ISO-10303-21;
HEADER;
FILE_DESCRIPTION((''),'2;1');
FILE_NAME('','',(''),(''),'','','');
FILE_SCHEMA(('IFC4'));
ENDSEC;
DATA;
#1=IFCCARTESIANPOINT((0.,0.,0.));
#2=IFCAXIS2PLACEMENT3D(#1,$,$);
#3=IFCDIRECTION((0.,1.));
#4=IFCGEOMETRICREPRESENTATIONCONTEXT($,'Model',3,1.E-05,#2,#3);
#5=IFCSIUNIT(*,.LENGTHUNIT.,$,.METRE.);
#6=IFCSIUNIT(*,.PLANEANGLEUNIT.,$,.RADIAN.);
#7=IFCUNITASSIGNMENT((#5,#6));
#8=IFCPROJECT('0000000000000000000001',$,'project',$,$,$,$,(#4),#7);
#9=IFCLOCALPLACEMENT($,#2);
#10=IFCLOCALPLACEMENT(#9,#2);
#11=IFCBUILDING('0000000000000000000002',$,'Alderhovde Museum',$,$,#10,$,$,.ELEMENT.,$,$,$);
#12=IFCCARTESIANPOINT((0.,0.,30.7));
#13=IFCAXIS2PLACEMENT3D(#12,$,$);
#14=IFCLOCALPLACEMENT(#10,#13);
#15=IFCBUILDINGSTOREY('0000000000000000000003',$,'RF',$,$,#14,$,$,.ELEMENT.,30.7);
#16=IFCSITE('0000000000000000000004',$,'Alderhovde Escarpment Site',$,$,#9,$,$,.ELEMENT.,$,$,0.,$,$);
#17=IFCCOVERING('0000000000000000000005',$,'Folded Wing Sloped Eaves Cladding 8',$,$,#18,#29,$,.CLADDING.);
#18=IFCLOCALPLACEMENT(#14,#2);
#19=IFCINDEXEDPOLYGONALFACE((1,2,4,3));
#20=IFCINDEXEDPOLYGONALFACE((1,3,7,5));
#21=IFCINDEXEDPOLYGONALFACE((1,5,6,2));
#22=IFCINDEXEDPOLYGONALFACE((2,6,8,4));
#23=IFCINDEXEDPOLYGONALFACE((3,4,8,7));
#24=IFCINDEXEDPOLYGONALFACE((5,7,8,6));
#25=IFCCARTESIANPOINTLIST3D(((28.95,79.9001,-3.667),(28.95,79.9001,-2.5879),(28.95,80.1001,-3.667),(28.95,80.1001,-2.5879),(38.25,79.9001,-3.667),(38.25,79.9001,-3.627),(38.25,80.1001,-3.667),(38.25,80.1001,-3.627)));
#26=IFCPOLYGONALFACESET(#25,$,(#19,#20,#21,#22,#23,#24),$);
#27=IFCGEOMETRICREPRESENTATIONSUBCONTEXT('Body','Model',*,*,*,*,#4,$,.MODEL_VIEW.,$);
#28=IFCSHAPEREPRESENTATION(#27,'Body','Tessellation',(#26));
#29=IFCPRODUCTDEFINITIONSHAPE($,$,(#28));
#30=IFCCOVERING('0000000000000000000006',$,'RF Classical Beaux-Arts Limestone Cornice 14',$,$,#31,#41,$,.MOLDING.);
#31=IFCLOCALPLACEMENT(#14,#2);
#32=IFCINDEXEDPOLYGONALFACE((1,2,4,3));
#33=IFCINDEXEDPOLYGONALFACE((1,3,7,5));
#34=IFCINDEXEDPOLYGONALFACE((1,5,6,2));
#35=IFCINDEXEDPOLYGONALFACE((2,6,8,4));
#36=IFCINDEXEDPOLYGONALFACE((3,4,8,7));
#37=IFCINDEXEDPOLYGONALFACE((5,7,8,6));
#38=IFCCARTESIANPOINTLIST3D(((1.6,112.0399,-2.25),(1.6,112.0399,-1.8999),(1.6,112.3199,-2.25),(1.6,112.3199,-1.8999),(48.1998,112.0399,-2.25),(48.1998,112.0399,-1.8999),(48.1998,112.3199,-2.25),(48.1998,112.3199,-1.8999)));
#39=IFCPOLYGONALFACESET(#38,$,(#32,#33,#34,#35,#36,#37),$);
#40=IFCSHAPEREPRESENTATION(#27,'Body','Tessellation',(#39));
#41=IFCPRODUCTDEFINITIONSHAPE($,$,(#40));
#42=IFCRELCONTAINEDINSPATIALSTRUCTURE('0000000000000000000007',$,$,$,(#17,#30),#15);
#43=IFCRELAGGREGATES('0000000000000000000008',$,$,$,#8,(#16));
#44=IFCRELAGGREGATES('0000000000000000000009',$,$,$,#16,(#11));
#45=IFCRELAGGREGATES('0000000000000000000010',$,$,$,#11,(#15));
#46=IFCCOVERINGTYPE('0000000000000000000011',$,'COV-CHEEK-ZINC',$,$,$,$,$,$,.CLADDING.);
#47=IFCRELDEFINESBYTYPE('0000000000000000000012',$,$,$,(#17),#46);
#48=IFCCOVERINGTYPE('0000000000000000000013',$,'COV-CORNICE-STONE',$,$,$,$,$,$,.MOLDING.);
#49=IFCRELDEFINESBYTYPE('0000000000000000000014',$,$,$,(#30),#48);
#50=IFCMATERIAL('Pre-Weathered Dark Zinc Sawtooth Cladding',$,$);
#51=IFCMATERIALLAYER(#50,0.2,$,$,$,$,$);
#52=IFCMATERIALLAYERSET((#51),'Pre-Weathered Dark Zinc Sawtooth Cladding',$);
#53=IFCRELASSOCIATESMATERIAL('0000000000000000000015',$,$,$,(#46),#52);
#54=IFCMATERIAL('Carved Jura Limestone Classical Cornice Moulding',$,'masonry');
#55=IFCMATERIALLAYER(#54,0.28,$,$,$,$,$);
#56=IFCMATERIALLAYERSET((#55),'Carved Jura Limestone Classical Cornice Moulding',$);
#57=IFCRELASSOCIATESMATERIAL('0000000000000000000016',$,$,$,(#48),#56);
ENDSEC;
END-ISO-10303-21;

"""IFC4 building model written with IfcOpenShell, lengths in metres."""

from ifc_helpers import new_model, si_unit, direction, frame, frame_2d, origin, place, context, subcontext, project, spatial, polyline, rectangle, outline, extrude, material, layer, layer_set, type_object, element, save


model = new_model("IFC4")

# Units and contexts
model_context = context("Model", 3, precision=1e-05, world=origin(), true_north=direction((0.0, 1.0)))
body_context = subcontext(model_context, "Body", "Model", "MODEL_VIEW")
ifc_project = project(units=[si_unit("LENGTHUNIT", "METRE"), si_unit("PLANEANGLEUNIT", "RADIAN")], contexts=[model_context])

# Site, building, storey
site_placement = place(None, origin())
site = spatial("IfcSite", under=ifc_project, at=site_placement, Name="Alderhovde Escarpment Site", CompositionType="ELEMENT", RefElevation=0.0)
building_placement = place(site_placement, origin())
building = spatial("IfcBuilding", under=site, at=building_placement, Name="Alderhovde Museum", CompositionType="ELEMENT")
storey_placement = place(building_placement, frame((0.0, 0.0, 30.7)))
storey = spatial("IfcBuildingStorey", under=building, at=storey_placement, Name="RF", CompositionType="ELEMENT", Elevation=30.7)

# Coverings
ifc_material_1 = material(Name="Pre-Weathered Dark Zinc Sawtooth Cladding")
ifc_layer_1 = layer(ifc_material_1, 0.2)
ifc_layer_set_1 = layer_set([ifc_layer_1], Name="Pre-Weathered Dark Zinc Sawtooth Cladding")
covering_type_1 = type_object("IfcCoveringType", Name="COV-CHEEK-ZINC", PredefinedType="CLADDING", material=ifc_layer_set_1)
covering_1_placement = place(storey_placement, frame((28.95, 80.0, -3.667), z_axis=(0.0, 0.0, 1.0), x_axis=(1.0, 0.0, 0.0)))
element("IfcCovering", 1, at=covering_1_placement, inside=storey, type_object=covering_type_1, Name="Folded Wing Sloped Eaves Cladding 8", PredefinedType="CLADDING", context=body_context, shape_type="SweptSolid", body=[
    extrude(outline(polyline([(0.0, 0.0), (9.3, 0.0), (9.3, 0.04), (0.0, 1.0791), (0.0, 0.0)])), frame((0.0, 0.1001, 0.0), z_axis=(0.0, -1.0, 0.0), x_axis=(1.0, 0.0, 0.0)), (0.0, 0.0, 1.0), 0.2),
])
ifc_material_2 = material(Name="Carved Jura Limestone Classical Cornice Moulding", Category="masonry")
ifc_layer_2 = layer(ifc_material_2, 0.28)
ifc_layer_set_2 = layer_set([ifc_layer_2], Name="Carved Jura Limestone Classical Cornice Moulding")
covering_type_2 = type_object("IfcCoveringType", Name="COV-CORNICE-STONE", PredefinedType="MOLDING", material=ifc_layer_set_2)
covering_2_placement = place(storey_placement, frame((1.6001, 112.1799, -2.25), z_axis=(0.0, 0.0, 1.0), x_axis=(1.0, 0.0, 0.0)))
element("IfcCovering", 2, at=covering_2_placement, inside=storey, type_object=covering_type_2, Name="RF Classical Beaux-Arts Limestone Cornice 14", PredefinedType="MOLDING", context=body_context, shape_type="SweptSolid", body=[
    extrude(rectangle(XDim=46.5999, YDim=0.28, at=frame_2d((23.2998, 0.0))), origin(), (0.0, 0.0, 1.0), 0.3501),
])

save(model, "model.ifc")
